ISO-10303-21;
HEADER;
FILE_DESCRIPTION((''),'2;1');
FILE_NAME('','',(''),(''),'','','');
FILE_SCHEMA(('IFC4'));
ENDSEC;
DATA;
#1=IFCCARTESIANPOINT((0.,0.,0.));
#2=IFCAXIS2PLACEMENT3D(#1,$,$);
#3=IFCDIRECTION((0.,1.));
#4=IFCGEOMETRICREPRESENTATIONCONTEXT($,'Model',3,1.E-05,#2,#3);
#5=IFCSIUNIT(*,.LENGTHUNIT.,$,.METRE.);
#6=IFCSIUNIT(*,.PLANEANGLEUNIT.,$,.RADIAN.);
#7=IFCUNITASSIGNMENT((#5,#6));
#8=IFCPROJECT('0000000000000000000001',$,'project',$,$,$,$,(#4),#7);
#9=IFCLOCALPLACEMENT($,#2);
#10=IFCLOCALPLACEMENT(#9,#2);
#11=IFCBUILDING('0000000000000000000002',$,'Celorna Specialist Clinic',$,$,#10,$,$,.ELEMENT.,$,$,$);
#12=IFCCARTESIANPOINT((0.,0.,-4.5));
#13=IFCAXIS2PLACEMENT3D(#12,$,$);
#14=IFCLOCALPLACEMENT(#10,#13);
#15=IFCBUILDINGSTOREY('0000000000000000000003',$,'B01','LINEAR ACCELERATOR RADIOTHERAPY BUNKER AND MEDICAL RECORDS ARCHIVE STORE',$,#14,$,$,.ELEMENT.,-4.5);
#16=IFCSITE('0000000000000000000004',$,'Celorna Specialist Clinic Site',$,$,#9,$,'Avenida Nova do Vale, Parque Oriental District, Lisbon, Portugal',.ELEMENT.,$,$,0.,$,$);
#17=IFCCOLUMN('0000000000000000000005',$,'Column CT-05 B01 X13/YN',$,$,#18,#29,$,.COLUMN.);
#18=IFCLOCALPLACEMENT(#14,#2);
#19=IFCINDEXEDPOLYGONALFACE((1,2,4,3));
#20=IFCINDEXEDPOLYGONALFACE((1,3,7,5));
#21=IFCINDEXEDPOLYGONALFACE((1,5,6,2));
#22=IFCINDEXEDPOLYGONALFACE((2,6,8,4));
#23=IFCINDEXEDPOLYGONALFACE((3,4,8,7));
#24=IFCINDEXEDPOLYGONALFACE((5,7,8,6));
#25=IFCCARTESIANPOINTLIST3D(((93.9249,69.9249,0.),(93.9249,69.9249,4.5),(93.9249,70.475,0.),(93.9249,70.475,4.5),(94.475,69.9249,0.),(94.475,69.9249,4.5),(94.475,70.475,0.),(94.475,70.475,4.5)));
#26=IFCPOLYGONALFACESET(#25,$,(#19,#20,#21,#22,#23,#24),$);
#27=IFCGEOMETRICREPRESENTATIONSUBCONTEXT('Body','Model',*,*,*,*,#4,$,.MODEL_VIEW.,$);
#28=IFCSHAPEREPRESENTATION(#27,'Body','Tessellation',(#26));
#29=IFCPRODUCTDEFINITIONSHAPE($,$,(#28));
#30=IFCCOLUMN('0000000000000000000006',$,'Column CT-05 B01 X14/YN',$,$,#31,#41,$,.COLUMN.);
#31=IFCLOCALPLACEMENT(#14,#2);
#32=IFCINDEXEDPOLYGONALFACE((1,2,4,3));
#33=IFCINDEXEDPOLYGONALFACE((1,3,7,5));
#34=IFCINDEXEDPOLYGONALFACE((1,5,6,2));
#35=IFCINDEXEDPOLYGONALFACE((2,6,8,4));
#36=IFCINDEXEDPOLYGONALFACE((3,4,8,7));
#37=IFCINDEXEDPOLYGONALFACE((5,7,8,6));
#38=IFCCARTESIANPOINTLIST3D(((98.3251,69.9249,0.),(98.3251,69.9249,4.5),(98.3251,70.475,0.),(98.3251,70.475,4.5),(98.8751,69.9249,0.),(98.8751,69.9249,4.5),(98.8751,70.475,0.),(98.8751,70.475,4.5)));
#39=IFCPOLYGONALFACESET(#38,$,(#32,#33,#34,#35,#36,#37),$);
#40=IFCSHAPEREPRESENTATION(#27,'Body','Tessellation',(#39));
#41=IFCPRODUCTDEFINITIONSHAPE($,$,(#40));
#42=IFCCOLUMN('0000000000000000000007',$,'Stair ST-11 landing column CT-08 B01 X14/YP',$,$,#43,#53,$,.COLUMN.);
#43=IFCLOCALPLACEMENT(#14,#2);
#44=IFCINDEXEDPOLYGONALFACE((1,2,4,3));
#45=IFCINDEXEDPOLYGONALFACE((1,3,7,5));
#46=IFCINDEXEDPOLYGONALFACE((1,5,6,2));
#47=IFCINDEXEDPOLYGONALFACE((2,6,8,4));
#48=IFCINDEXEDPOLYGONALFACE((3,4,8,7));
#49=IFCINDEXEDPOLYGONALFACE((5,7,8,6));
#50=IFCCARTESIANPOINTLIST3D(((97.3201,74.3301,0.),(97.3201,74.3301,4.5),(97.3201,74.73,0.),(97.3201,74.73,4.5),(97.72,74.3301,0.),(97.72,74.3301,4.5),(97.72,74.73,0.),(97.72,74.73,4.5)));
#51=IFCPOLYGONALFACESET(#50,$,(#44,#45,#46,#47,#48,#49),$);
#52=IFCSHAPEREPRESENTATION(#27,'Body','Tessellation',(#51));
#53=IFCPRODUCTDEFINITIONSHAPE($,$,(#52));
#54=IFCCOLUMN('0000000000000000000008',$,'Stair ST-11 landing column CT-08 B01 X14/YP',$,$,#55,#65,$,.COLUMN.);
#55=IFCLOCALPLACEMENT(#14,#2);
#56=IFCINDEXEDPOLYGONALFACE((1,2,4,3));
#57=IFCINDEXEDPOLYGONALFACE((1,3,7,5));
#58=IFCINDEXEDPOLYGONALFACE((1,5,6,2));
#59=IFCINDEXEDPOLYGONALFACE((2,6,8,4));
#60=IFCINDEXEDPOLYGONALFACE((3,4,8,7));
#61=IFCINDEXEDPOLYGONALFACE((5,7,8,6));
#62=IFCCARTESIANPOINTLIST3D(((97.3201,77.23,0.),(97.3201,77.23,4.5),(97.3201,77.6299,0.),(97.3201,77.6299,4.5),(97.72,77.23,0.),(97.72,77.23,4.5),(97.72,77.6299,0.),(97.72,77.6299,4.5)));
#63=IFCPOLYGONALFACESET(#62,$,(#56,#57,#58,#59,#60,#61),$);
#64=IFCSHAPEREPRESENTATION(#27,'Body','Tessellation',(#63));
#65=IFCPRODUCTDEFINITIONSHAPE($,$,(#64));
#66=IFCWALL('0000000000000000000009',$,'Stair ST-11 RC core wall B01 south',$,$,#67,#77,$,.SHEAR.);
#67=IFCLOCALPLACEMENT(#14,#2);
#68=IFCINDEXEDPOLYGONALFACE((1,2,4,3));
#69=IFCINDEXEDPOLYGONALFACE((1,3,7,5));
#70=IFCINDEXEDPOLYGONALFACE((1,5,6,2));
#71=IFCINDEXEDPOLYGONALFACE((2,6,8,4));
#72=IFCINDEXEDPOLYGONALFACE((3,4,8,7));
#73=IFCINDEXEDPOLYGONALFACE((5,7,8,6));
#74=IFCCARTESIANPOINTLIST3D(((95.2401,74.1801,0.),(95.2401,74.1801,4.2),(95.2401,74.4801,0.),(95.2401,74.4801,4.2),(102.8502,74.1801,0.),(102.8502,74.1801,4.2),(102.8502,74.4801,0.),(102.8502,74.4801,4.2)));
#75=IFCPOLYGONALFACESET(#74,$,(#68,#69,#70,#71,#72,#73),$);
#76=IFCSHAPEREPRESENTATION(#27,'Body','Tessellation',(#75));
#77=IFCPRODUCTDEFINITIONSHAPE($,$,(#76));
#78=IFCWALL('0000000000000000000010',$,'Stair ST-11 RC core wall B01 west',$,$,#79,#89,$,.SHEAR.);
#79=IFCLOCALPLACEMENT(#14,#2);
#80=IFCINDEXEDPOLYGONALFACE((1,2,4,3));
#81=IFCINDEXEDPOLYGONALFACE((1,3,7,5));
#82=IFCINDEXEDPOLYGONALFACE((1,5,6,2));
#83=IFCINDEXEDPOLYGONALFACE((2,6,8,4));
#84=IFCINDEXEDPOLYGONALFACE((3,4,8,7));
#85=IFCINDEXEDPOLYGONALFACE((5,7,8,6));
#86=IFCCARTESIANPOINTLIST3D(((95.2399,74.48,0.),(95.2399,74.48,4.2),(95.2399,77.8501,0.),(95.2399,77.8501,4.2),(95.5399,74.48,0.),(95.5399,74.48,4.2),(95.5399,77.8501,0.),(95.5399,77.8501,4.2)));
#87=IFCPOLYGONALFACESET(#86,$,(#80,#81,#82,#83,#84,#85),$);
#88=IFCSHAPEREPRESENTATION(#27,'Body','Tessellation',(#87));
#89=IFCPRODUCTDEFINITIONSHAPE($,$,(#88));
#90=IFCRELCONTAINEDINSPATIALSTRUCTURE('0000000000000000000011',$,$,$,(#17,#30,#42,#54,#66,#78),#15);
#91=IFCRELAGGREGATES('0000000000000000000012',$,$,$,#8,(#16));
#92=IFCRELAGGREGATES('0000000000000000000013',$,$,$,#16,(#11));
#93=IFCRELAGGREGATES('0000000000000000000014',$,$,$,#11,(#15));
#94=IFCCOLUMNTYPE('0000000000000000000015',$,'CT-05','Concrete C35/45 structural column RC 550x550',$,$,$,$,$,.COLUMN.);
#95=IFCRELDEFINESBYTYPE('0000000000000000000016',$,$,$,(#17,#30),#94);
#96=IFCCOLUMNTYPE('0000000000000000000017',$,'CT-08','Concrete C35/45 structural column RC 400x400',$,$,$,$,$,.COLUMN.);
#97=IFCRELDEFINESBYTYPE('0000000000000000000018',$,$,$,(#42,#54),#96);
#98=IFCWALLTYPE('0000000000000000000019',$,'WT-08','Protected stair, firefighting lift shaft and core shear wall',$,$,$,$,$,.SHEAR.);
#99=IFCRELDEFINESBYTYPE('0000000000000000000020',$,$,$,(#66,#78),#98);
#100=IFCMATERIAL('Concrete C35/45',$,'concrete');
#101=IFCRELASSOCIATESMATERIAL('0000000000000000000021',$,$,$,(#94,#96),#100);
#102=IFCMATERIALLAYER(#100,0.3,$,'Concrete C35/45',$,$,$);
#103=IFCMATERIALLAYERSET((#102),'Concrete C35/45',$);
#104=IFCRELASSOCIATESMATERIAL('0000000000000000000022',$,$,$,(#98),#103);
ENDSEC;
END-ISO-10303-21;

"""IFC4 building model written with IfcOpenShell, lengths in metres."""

from ifc_helpers import new_model, si_unit, direction, frame, frame_2d, origin, origin_2d, place, context, subcontext, project, spatial, rectangle, extrude, material, layer, layer_set, material_profile, profile_set, type_object, element, save


model = new_model("IFC4")

# Units and contexts
model_context = context("Model", 3, precision=1e-05, world=origin(), true_north=direction((0.0, 1.0)))
body_context = subcontext(model_context, "Body", "Model", "MODEL_VIEW")
ifc_project = project(units=[si_unit("LENGTHUNIT", "METRE"), si_unit("PLANEANGLEUNIT", "RADIAN")], contexts=[model_context])

# Site, building, storey
site_placement = place(None, origin())
site = spatial("IfcSite", under=ifc_project, at=site_placement, Name="Celorna Specialist Clinic Site", LongName="Avenida Nova do Vale, Parque Oriental District, Lisbon, Portugal", CompositionType="ELEMENT", RefElevation=0.0)
building_placement = place(site_placement, origin())
building = spatial("IfcBuilding", under=site, at=building_placement, Name="Celorna Specialist Clinic", CompositionType="ELEMENT")
storey_placement = place(building_placement, frame((0.0, 0.0, -4.5)))
storey = spatial("IfcBuildingStorey", under=building, at=storey_placement, Name="B01", Description="LINEAR ACCELERATOR RADIOTHERAPY BUNKER AND MEDICAL RECORDS ARCHIVE STORE", CompositionType="ELEMENT", Elevation=-4.5)

# Shared definitions
ifc_material_1 = material(Name="Concrete C35/45", Category="concrete")

# Columns
ifc_material_profile_1 = material_profile(ifc_material_1, rectangle(XDim=0.55, YDim=0.55, at=origin_2d()), Name="RC 550x550")
ifc_profile_set_1 = profile_set([ifc_material_profile_1], Name="Concrete C35/45")
column_type_1 = type_object("IfcColumnType", Name="CT-05", Description="Concrete C35/45 structural column RC 550x550", PredefinedType="COLUMN", material=ifc_profile_set_1)
for number, where, z_axis, x_axis, name in (
    (1, (94.2, 70.2, 0.0), (0.0, 0.0, 1.0), (1.0, 0.0, 0.0), "Column CT-05 B01 X13/YN"),
    (2, (98.6001, 70.2, 0.0), (0.0, 0.0, 1.0), (1.0, 0.0, 0.0), "Column CT-05 B01 X14/YN"),
):
    element("IfcColumn", number, at=place(storey_placement, frame(where, z_axis=z_axis, x_axis=x_axis)), inside=storey, type_object=column_type_1, Name=name, PredefinedType="COLUMN", context=body_context, shape_type="SweptSolid", body=[
        extrude(rectangle(XDim=0.55, YDim=0.55, at=origin_2d()), origin(), (0.0, 0.0, 1.0), 4.5),
    ])
ifc_material_profile_2 = material_profile(ifc_material_1, rectangle(XDim=0.3999, YDim=0.3999, at=origin_2d()), Name="RC 400x400")
ifc_profile_set_2 = profile_set([ifc_material_profile_2], Name="Concrete C35/45")
column_type_2 = type_object("IfcColumnType", Name="CT-08", Description="Concrete C35/45 structural column RC 400x400", PredefinedType="COLUMN", material=ifc_profile_set_2)
for number, where, z_axis, x_axis, name in (
    (3, (97.52, 74.53, 0.0), (0.0, 0.0, 1.0), (1.0, 0.0, 0.0), "Stair ST-11 landing column CT-08 B01 X14/YP"),
    (4, (97.52, 77.4299, 0.0), (0.0, 0.0, 1.0), (1.0, 0.0, 0.0), "Stair ST-11 landing column CT-08 B01 X14/YP"),
):
    element("IfcColumn", number, at=place(storey_placement, frame(where, z_axis=z_axis, x_axis=x_axis)), inside=storey, type_object=column_type_2, Name=name, PredefinedType="COLUMN", context=body_context, shape_type="SweptSolid", body=[
        extrude(rectangle(XDim=0.3999, YDim=0.3999, at=origin_2d()), origin(), (0.0, 0.0, 1.0), 4.5),
    ])

# Walls
ifc_layer = layer(ifc_material_1, 0.3, Name="Concrete C35/45")
ifc_layer_set = layer_set([ifc_layer], Name="Concrete C35/45")
wall_type = type_object("IfcWallType", Name="WT-08", Description="Protected stair, firefighting lift shaft and core shear wall", PredefinedType="SHEAR", material=ifc_layer_set)
wall_1_placement = place(storey_placement, frame((95.24, 74.3301, 0.0), z_axis=(0.0, 0.0, 1.0), x_axis=(1.0, 0.0, 0.0)))
element("IfcWall", 5, at=wall_1_placement, inside=storey, type_object=wall_type, Name="Stair ST-11 RC core wall B01 south", PredefinedType="SHEAR", context=body_context, shape_type="SweptSolid", body=[
    extrude(rectangle(XDim=7.6101, YDim=0.3, at=frame_2d((3.8052, 0.0))), origin(), (0.0, 0.0, 1.0), 4.2),
])
wall_2_placement = place(storey_placement, frame((95.3899, 77.8501, 0.0), z_axis=(0.0, 0.0, 1.0), x_axis=(0.0, -1.0, 0.0)))
element("IfcWall", 6, at=wall_2_placement, inside=storey, type_object=wall_type, Name="Stair ST-11 RC core wall B01 west", PredefinedType="SHEAR", context=body_context, shape_type="SweptSolid", body=[
    extrude(rectangle(XDim=3.3701, YDim=0.3, at=frame_2d((1.6851, 0.0))), origin(), (0.0, 0.0, 1.0), 4.2),
])

save(model, "model.ifc")
